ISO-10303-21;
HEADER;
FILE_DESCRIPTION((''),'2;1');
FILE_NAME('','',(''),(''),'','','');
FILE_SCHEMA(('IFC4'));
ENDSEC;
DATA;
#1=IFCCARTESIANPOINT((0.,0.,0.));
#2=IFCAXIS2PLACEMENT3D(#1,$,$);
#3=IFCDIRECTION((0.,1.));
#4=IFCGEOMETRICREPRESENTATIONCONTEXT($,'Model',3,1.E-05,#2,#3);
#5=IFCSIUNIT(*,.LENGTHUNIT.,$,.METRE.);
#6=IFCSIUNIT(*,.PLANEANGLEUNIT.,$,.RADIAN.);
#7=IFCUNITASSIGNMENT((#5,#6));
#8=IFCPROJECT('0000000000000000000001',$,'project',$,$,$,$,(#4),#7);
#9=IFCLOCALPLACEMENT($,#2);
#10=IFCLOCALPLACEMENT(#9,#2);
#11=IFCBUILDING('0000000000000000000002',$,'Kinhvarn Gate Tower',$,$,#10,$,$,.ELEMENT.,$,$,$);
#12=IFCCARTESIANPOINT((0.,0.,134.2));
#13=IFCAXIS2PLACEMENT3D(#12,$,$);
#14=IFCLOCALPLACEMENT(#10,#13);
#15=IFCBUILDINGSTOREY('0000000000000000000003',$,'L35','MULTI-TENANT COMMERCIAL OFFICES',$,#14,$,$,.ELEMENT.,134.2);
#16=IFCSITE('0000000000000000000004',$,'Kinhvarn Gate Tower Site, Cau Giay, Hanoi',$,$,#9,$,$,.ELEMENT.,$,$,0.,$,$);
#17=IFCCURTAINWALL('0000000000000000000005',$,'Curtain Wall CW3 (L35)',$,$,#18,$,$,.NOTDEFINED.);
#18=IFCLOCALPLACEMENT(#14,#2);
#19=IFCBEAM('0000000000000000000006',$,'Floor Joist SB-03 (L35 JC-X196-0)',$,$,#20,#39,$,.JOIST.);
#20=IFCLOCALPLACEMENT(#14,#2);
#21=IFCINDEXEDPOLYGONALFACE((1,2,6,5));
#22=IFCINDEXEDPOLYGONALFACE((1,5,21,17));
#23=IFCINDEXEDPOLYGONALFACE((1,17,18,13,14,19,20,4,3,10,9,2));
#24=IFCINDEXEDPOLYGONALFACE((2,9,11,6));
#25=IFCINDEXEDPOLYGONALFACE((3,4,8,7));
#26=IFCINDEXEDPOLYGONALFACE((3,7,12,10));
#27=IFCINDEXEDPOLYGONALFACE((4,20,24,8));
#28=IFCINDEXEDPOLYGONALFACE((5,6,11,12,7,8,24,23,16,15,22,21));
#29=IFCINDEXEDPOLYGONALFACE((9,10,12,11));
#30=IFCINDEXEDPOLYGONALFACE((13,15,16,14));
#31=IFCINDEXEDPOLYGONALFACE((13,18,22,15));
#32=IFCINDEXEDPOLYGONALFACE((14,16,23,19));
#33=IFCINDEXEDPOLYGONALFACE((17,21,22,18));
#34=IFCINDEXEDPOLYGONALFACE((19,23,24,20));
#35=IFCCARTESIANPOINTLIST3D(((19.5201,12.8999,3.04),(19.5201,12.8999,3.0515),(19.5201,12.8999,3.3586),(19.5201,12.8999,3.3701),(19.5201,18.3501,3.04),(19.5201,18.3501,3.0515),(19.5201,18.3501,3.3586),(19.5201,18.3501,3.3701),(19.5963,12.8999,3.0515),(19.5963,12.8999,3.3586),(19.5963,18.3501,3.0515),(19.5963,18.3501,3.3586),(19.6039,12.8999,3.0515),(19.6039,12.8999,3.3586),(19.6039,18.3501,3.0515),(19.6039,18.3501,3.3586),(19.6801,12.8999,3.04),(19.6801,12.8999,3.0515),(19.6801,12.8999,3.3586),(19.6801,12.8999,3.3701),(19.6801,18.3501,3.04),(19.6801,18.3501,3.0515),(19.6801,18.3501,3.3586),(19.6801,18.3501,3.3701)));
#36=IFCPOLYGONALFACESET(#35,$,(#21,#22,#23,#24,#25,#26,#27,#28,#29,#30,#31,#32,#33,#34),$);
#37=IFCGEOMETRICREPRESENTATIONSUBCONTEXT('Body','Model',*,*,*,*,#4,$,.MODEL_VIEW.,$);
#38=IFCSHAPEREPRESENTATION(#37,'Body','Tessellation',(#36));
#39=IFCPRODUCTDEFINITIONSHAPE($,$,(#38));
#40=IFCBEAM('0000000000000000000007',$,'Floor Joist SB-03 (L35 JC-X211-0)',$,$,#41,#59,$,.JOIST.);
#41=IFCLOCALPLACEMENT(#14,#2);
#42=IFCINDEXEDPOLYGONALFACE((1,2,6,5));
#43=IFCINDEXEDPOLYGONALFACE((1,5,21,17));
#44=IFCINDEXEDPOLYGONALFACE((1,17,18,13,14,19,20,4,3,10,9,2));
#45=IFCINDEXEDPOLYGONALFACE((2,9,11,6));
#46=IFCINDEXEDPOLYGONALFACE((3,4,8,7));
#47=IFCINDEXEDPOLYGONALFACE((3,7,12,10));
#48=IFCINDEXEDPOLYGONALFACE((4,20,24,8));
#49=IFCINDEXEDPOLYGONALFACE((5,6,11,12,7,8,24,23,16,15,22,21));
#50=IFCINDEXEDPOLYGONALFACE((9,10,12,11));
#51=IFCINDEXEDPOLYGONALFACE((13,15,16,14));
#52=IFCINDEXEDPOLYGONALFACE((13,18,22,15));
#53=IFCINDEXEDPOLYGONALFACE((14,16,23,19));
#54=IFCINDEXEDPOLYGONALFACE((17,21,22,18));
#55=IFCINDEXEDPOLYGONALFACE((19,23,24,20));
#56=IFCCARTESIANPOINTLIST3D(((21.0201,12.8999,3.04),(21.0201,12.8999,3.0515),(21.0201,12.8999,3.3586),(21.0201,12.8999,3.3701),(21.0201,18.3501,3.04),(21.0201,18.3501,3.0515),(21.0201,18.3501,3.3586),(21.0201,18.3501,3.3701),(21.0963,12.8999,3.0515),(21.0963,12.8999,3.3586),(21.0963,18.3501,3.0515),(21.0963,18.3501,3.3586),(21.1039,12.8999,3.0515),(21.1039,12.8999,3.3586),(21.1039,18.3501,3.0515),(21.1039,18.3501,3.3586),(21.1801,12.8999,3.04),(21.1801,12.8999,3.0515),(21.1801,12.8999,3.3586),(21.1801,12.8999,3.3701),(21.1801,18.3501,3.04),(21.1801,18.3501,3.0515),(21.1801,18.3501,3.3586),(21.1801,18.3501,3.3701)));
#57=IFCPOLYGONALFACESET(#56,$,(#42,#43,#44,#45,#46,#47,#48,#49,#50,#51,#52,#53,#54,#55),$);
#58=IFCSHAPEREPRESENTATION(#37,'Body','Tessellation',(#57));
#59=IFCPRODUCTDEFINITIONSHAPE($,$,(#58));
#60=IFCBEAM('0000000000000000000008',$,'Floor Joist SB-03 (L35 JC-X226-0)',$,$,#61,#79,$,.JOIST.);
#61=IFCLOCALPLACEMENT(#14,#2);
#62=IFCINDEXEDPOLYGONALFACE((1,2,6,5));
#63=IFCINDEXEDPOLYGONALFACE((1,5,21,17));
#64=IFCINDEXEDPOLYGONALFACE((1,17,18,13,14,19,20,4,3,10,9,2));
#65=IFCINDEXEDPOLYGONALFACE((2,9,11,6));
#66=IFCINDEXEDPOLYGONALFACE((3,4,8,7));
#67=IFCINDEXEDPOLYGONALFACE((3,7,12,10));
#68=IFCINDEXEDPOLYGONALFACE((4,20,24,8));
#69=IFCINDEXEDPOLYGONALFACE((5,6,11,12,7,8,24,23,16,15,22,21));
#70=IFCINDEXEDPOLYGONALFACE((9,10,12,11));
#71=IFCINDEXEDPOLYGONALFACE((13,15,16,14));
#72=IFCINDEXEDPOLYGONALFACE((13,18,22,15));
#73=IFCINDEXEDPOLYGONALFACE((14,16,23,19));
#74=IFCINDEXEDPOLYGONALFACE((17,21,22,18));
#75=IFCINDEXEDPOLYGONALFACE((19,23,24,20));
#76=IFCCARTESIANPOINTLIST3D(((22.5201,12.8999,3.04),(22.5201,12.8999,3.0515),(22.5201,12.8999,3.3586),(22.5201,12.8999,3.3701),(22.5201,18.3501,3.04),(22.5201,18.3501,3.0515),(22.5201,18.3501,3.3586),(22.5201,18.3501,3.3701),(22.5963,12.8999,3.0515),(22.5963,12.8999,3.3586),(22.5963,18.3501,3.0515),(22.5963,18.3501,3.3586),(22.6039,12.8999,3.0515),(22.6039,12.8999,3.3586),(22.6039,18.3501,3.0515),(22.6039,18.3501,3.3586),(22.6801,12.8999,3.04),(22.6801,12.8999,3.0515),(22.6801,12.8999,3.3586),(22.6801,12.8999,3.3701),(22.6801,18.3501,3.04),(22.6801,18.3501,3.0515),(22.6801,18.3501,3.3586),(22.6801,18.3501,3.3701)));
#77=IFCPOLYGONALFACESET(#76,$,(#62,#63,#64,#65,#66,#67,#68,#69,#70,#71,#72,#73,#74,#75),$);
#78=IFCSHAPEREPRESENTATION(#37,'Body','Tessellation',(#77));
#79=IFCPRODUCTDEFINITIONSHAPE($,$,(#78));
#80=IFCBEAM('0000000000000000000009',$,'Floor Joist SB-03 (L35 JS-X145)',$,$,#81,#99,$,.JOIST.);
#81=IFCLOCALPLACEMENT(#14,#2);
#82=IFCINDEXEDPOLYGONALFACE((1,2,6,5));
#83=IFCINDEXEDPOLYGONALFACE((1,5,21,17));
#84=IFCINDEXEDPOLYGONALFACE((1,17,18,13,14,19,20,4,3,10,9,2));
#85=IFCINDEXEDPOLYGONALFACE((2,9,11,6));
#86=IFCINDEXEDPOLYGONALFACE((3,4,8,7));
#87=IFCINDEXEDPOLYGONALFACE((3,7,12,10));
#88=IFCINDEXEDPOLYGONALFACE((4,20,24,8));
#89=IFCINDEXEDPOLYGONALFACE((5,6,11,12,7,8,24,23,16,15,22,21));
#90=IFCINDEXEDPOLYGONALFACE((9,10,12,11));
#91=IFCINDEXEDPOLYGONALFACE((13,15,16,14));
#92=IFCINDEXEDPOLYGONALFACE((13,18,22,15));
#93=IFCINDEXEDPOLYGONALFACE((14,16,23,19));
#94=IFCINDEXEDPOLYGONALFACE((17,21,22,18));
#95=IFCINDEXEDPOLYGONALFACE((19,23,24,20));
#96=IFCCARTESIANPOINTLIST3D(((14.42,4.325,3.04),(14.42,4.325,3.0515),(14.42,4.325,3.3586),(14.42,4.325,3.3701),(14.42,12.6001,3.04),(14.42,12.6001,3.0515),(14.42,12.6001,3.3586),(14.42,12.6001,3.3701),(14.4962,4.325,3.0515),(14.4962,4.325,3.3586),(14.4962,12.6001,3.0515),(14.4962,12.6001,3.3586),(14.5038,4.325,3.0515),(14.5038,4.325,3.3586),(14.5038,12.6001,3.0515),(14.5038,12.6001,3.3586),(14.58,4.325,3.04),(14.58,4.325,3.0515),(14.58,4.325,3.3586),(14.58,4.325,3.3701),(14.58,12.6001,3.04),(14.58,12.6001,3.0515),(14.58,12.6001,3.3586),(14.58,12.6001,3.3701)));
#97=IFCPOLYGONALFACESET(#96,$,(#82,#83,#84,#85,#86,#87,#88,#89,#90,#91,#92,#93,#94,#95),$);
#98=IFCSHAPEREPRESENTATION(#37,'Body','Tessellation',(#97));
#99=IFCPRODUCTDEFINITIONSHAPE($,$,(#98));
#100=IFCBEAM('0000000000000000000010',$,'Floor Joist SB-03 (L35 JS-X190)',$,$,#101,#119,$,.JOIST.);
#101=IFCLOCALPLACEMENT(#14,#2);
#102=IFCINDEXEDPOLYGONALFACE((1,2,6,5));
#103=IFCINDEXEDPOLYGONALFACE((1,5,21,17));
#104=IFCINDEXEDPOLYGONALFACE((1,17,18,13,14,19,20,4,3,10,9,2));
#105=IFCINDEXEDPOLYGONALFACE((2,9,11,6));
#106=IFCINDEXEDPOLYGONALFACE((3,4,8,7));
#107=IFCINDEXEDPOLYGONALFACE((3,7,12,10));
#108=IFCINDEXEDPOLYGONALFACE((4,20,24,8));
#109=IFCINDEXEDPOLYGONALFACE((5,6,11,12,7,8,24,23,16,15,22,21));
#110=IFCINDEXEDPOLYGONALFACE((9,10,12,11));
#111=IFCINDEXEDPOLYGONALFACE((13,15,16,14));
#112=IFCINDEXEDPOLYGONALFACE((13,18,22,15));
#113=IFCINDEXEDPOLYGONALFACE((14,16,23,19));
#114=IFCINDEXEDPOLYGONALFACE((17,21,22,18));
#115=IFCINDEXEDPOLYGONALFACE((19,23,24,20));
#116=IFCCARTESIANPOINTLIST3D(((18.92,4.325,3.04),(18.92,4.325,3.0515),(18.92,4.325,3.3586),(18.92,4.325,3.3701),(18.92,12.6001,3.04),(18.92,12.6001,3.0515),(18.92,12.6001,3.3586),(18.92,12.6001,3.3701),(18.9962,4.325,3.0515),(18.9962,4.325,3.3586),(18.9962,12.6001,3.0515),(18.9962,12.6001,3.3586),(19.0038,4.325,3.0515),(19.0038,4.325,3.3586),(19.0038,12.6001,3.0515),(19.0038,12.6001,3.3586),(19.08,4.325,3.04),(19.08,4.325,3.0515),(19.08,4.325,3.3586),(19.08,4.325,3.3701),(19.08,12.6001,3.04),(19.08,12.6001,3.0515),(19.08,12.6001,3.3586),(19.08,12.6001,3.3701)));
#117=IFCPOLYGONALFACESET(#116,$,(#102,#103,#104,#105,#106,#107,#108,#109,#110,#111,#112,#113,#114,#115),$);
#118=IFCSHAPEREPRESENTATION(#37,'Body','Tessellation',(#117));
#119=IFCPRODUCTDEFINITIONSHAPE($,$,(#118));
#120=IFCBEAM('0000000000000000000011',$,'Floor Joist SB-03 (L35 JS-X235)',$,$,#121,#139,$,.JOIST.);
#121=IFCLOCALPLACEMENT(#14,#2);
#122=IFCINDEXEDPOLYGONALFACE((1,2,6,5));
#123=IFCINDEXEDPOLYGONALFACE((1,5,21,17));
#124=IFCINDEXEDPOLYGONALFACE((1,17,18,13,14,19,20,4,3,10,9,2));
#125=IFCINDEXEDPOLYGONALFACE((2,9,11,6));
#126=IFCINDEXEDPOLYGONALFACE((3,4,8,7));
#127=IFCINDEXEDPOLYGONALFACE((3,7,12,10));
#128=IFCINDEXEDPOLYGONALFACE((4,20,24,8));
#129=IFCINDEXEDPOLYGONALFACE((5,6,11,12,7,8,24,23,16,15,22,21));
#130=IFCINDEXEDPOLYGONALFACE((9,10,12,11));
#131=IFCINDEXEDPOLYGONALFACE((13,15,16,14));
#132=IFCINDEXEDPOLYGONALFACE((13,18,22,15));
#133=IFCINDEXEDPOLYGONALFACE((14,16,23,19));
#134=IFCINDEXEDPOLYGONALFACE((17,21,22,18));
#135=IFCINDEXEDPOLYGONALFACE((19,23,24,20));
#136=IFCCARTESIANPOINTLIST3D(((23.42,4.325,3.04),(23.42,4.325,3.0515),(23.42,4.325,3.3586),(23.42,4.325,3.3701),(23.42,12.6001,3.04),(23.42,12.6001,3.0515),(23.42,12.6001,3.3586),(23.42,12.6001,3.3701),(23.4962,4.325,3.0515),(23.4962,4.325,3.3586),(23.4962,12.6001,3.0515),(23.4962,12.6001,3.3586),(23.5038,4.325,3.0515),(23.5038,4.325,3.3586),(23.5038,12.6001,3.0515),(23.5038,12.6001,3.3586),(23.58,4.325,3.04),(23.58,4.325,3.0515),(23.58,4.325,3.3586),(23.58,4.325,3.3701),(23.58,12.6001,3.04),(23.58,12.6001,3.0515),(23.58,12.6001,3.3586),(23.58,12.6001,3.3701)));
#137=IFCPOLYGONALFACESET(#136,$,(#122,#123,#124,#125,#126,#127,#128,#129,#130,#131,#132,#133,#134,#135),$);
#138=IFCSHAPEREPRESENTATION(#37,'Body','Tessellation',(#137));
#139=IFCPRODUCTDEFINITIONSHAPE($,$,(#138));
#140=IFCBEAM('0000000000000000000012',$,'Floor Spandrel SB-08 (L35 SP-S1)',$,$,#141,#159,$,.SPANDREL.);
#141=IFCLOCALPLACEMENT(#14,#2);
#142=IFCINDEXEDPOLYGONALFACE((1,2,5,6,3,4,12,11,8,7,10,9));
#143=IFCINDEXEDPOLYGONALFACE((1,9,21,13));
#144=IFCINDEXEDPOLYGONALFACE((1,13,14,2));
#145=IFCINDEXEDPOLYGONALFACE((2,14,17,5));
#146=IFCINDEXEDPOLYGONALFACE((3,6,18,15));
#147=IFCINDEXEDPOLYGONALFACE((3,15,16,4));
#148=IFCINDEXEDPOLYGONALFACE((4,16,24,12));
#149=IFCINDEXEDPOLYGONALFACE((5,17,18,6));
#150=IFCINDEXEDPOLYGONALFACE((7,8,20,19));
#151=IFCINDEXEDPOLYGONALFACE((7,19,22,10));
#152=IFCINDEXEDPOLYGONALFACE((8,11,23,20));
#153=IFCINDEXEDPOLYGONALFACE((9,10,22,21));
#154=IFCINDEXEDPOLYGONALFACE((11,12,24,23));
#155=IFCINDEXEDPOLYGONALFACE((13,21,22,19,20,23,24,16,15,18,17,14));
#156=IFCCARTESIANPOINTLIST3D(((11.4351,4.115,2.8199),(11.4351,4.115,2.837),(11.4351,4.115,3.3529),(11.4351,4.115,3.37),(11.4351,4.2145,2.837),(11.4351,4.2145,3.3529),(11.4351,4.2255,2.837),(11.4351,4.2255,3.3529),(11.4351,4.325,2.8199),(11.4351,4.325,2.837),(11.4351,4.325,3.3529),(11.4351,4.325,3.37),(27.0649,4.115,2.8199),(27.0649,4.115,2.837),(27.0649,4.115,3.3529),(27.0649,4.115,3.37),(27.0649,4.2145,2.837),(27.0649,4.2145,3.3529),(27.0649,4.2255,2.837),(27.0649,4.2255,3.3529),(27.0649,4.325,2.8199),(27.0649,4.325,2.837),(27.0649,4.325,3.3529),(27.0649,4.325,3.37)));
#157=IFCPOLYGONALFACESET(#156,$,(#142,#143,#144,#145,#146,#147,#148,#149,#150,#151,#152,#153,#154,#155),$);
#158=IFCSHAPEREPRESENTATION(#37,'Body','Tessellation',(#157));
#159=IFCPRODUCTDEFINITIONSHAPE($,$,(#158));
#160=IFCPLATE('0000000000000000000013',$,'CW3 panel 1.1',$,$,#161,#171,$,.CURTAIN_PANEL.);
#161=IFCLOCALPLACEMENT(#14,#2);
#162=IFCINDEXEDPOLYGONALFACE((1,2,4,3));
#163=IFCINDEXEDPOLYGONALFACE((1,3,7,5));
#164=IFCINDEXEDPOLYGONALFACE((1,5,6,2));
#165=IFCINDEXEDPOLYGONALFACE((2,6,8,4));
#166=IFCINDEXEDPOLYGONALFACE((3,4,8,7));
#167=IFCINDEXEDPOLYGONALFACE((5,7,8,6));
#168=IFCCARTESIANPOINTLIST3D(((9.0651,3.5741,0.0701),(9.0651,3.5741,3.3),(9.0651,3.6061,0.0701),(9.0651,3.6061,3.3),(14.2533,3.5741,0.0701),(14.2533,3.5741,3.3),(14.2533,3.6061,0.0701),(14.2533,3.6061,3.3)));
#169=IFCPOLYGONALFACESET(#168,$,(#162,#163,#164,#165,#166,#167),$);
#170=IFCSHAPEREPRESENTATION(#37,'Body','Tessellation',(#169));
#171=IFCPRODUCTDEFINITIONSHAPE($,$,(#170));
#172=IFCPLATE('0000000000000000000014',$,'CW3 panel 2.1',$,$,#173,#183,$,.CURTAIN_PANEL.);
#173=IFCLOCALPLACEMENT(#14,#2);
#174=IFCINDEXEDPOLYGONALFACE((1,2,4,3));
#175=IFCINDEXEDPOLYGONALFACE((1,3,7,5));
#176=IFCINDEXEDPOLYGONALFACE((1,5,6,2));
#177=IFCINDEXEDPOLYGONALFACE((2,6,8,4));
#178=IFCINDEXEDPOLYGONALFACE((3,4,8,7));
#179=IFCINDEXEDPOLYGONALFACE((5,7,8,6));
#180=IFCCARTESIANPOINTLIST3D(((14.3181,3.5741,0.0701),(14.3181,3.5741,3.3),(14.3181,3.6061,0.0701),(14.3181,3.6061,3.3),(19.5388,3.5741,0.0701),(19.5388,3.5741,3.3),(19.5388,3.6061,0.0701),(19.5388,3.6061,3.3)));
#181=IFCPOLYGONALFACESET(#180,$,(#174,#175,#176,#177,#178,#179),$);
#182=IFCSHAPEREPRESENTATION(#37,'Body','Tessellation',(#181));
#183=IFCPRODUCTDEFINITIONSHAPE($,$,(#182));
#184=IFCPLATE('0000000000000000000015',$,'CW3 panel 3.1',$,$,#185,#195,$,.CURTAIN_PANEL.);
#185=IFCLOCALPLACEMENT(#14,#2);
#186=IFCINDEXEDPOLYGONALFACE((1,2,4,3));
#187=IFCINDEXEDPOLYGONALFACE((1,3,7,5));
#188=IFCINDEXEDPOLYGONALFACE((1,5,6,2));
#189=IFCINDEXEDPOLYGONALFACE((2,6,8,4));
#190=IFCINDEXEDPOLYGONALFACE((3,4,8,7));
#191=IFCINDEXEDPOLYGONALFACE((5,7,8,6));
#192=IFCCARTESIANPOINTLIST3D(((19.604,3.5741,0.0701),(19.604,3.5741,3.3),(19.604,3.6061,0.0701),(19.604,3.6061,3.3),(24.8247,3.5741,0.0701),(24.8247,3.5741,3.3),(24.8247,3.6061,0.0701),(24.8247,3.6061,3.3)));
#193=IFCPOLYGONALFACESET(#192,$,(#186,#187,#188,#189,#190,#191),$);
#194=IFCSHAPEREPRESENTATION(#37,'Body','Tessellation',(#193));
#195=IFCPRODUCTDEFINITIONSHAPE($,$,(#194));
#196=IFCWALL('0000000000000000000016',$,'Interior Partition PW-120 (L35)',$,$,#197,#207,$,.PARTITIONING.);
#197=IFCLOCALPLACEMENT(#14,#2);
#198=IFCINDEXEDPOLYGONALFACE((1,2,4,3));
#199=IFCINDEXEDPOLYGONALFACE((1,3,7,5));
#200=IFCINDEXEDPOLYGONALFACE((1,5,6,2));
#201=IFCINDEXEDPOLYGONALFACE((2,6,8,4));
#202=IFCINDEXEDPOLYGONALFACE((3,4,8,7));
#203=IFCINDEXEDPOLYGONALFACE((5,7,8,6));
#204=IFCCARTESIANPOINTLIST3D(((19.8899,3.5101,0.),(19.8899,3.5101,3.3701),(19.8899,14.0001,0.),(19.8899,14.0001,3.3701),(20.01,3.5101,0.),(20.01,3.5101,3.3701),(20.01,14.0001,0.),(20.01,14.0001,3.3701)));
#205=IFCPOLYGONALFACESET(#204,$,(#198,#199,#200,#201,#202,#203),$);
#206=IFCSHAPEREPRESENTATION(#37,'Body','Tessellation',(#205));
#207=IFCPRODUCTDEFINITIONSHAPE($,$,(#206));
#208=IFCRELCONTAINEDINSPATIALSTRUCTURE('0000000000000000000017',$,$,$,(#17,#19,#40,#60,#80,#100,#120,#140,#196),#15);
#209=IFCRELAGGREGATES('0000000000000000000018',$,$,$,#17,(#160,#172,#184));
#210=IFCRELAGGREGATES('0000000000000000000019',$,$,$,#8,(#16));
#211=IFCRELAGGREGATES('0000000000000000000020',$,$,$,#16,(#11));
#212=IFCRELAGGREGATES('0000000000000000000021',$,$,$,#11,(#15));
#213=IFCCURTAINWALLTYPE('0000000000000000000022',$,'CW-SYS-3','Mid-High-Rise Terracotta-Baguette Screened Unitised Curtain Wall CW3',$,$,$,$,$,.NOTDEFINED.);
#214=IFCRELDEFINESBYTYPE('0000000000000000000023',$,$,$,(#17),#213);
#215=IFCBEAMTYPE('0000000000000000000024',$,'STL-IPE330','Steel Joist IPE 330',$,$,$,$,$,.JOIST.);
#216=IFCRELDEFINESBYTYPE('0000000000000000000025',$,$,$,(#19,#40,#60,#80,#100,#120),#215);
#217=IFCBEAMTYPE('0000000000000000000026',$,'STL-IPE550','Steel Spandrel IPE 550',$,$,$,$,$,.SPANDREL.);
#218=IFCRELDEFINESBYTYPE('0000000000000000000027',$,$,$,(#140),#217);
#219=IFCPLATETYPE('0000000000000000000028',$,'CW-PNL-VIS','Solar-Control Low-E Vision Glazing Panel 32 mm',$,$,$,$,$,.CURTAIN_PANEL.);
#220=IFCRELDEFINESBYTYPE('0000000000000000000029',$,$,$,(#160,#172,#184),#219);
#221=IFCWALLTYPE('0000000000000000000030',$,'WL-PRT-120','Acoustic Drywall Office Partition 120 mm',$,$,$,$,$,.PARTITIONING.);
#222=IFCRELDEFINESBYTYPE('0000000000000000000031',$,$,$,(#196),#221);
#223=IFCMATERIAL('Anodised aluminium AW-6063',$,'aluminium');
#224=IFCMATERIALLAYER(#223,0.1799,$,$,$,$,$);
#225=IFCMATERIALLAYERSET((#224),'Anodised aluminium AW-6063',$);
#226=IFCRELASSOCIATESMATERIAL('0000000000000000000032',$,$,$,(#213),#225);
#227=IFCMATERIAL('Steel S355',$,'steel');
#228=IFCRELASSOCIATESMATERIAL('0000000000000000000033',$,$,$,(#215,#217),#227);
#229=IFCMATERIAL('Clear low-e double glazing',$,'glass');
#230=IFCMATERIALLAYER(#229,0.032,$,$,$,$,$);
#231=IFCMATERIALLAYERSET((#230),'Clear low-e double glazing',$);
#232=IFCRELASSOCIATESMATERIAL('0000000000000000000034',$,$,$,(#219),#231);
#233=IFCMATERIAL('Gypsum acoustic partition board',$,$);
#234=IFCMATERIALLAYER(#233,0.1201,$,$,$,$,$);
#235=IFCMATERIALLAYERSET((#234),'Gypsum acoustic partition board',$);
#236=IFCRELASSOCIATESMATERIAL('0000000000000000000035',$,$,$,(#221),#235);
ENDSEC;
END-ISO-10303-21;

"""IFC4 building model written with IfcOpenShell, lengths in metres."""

from ifc_helpers import new_model, si_unit, direction, frame, frame_2d, origin, origin_2d, place, context, subcontext, project, spatial, rectangle, i_section, extrude, material, layer, layer_set, material_profile, profile_set, type_object, element, aggregate, save


model = new_model("IFC4")

# Units and contexts
model_context = context("Model", 3, precision=1e-05, world=origin(), true_north=direction((0.0, 1.0)))
body_context = subcontext(model_context, "Body", "Model", "MODEL_VIEW")
ifc_project = project(units=[si_unit("LENGTHUNIT", "METRE"), si_unit("PLANEANGLEUNIT", "RADIAN")], contexts=[model_context])

# Site, building, storey
site_placement = place(None, origin())
site = spatial("IfcSite", under=ifc_project, at=site_placement, Name="Kinhvarn Gate Tower Site, Cau Giay, Hanoi", CompositionType="ELEMENT", RefElevation=0.0)
building_placement = place(site_placement, origin())
building = spatial("IfcBuilding", under=site, at=building_placement, Name="Kinhvarn Gate Tower", CompositionType="ELEMENT")
storey_placement = place(building_placement, frame((0.0, 0.0, 134.2)))
storey = spatial("IfcBuildingStorey", under=building, at=storey_placement, Name="L35", Description="MULTI-TENANT COMMERCIAL OFFICES", CompositionType="ELEMENT", Elevation=134.2)

# Curtain wall
ifc_material_1 = material(Name="Anodised aluminium AW-6063", Category="aluminium")
ifc_layer_1 = layer(ifc_material_1, 0.1799)
ifc_layer_set_1 = layer_set([ifc_layer_1], Name="Anodised aluminium AW-6063")
curtain_wall_type = type_object("IfcCurtainWallType", Name="CW-SYS-3", Description="Mid-High-Rise Terracotta-Baguette Screened Unitised Curtain Wall CW3", PredefinedType="NOTDEFINED", material=ifc_layer_set_1)
curtain_wall_placement = place(storey_placement, origin())
curtain_wall = element("IfcCurtainWall", 1, at=curtain_wall_placement, inside=storey, type_object=curtain_wall_type, Name="Curtain Wall CW3 (L35)", PredefinedType="NOTDEFINED")

# Beams
ifc_material_2 = material(Name="Steel S355", Category="steel")
ifc_material_profile_1 = material_profile(ifc_material_2, i_section(OverallWidth=0.1599, OverallDepth=0.3301, WebThickness=0.0076, FlangeThickness=0.0115, at=origin_2d()), Name="IPE 330")
ifc_profile_set_1 = profile_set([ifc_material_profile_1], Name="Steel S355")
beam_type_1 = type_object("IfcBeamType", Name="STL-IPE330", Description="Steel Joist IPE 330", PredefinedType="JOIST", material=ifc_profile_set_1)
for number, where, z_axis, x_axis, name in (
    (2, (19.6001, 12.8999, 3.2051), (0.0, 1.0, 0.0), (-1.0, 0.0, 0.0), "Floor Joist SB-03 (L35 JC-X196-0)"),
    (3, (21.1001, 12.8999, 3.2051), (0.0, 1.0, 0.0), (-1.0, 0.0, 0.0), "Floor Joist SB-03 (L35 JC-X211-0)"),
    (4, (22.6001, 12.8999, 3.2051), (0.0, 1.0, 0.0), (-1.0, 0.0, 0.0), "Floor Joist SB-03 (L35 JC-X226-0)"),
):
    element("IfcBeam", number, at=place(storey_placement, frame(where, z_axis=z_axis, x_axis=x_axis)), inside=storey, type_object=beam_type_1, Name=name, PredefinedType="JOIST", context=body_context, shape_type="SweptSolid", body=[
        extrude(i_section(OverallWidth=0.1599, OverallDepth=0.3301, WebThickness=0.0076, FlangeThickness=0.0115, at=origin_2d()), origin(), (0.0, 0.0, 1.0), 5.4502),
    ])
for number, where, z_axis, x_axis, name in (
    (5, (14.5, 4.325, 3.2051), (0.0, 1.0, 0.0), (-1.0, 0.0, 0.0), "Floor Joist SB-03 (L35 JS-X145)"),
    (6, (19.0, 4.325, 3.2051), (0.0, 1.0, 0.0), (-1.0, 0.0, 0.0), "Floor Joist SB-03 (L35 JS-X190)"),
    (7, (23.5, 4.325, 3.2051), (0.0, 1.0, 0.0), (-1.0, 0.0, 0.0), "Floor Joist SB-03 (L35 JS-X235)"),
):
    element("IfcBeam", number, at=place(storey_placement, frame(where, z_axis=z_axis, x_axis=x_axis)), inside=storey, type_object=beam_type_1, Name=name, PredefinedType="JOIST", context=body_context, shape_type="SweptSolid", body=[
        extrude(i_section(OverallWidth=0.1599, OverallDepth=0.3301, WebThickness=0.0076, FlangeThickness=0.0115, at=origin_2d()), origin(), (0.0, 0.0, 1.0), 8.2751),
    ])
ifc_material_profile_2 = material_profile(ifc_material_2, i_section(OverallWidth=0.21, OverallDepth=0.55, WebThickness=0.011, FlangeThickness=0.0171, at=origin_2d()), Name="IPE 550")
ifc_profile_set_2 = profile_set([ifc_material_profile_2], Name="Steel S355")
beam_type_2 = type_object("IfcBeamType", Name="STL-IPE550", Description="Steel Spandrel IPE 550", PredefinedType="SPANDREL", material=ifc_profile_set_2)
beam_1_placement = place(storey_placement, frame((11.4351, 4.22, 3.095), z_axis=(1.0, 0.0, 0.0), x_axis=(0.0, 1.0, 0.0)))
element("IfcBeam", 8, at=beam_1_placement, inside=storey, type_object=beam_type_2, Name="Floor Spandrel SB-08 (L35 SP-S1)", PredefinedType="SPANDREL", context=body_context, shape_type="SweptSolid", body=[
    extrude(i_section(OverallWidth=0.21, OverallDepth=0.55, WebThickness=0.011, FlangeThickness=0.0171, at=origin_2d()), origin(), (0.0, 0.0, 1.0), 15.6299),
])

# Plates
ifc_material_3 = material(Name="Clear low-e double glazing", Category="glass")
ifc_layer_2 = layer(ifc_material_3, 0.032)
ifc_layer_set_2 = layer_set([ifc_layer_2], Name="Clear low-e double glazing")
plate_type = type_object("IfcPlateType", Name="CW-PNL-VIS", Description="Solar-Control Low-E Vision Glazing Panel 32 mm", PredefinedType="CURTAIN_PANEL", material=ifc_layer_set_2)
plate_1_placement = place(storey_placement, frame((11.6592, 3.5901, 0.0701), z_axis=(0.0, 0.0, 1.0), x_axis=(1.0, 0.0, 0.0)))
plate_1 = element("IfcPlate", 9, at=plate_1_placement, type_object=plate_type, Name="CW3 panel 1.1", PredefinedType="CURTAIN_PANEL", context=body_context, shape_type="SweptSolid", body=[
    extrude(rectangle(XDim=5.1882, YDim=0.032, at=origin_2d()), origin(), (0.0, 0.0, 1.0), 3.23),
])
plate_2_placement = place(storey_placement, frame((16.9285, 3.5901, 0.0701), z_axis=(0.0, 0.0, 1.0), x_axis=(1.0, 0.0, 0.0)))
plate_2 = element("IfcPlate", 10, at=plate_2_placement, type_object=plate_type, Name="CW3 panel 2.1", PredefinedType="CURTAIN_PANEL", context=body_context, shape_type="SweptSolid", body=[
    extrude(rectangle(XDim=5.2207, YDim=0.032, at=origin_2d()), origin(), (0.0, 0.0, 1.0), 3.23),
])
plate_3_placement = place(storey_placement, frame((22.2144, 3.5901, 0.0701), z_axis=(0.0, 0.0, 1.0), x_axis=(1.0, 0.0, 0.0)))
plate_3 = element("IfcPlate", 11, at=plate_3_placement, type_object=plate_type, Name="CW3 panel 3.1", PredefinedType="CURTAIN_PANEL", context=body_context, shape_type="SweptSolid", body=[
    extrude(rectangle(XDim=5.2207, YDim=0.032, at=origin_2d()), origin(), (0.0, 0.0, 1.0), 3.23),
])
aggregate(curtain_wall, [plate_1, plate_2, plate_3])

# Wall
ifc_material_4 = material(Name="Gypsum acoustic partition board")
ifc_layer_3 = layer(ifc_material_4, 0.1201)
ifc_layer_set_3 = layer_set([ifc_layer_3], Name="Gypsum acoustic partition board")
wall_type_1 = type_object("IfcWallType", Name="WL-PRT-120", Description="Acoustic Drywall Office Partition 120 mm", PredefinedType="PARTITIONING", material=ifc_layer_set_3)
wall_1_placement = place(storey_placement, frame((19.95, 3.51, 0.0), z_axis=(0.0, 0.0, 1.0), x_axis=(0.0, 1.0, 0.0)))
element("IfcWall", 12, at=wall_1_placement, inside=storey, type_object=wall_type_1, Name="Interior Partition PW-120 (L35)", PredefinedType="PARTITIONING", context=body_context, shape_type="SweptSolid", body=[
    extrude(rectangle(XDim=10.49, YDim=0.1201, at=frame_2d((5.2451, 0.0))), origin(), (0.0, 0.0, 1.0), 3.3701),
])

save(model, "model.ifc")
